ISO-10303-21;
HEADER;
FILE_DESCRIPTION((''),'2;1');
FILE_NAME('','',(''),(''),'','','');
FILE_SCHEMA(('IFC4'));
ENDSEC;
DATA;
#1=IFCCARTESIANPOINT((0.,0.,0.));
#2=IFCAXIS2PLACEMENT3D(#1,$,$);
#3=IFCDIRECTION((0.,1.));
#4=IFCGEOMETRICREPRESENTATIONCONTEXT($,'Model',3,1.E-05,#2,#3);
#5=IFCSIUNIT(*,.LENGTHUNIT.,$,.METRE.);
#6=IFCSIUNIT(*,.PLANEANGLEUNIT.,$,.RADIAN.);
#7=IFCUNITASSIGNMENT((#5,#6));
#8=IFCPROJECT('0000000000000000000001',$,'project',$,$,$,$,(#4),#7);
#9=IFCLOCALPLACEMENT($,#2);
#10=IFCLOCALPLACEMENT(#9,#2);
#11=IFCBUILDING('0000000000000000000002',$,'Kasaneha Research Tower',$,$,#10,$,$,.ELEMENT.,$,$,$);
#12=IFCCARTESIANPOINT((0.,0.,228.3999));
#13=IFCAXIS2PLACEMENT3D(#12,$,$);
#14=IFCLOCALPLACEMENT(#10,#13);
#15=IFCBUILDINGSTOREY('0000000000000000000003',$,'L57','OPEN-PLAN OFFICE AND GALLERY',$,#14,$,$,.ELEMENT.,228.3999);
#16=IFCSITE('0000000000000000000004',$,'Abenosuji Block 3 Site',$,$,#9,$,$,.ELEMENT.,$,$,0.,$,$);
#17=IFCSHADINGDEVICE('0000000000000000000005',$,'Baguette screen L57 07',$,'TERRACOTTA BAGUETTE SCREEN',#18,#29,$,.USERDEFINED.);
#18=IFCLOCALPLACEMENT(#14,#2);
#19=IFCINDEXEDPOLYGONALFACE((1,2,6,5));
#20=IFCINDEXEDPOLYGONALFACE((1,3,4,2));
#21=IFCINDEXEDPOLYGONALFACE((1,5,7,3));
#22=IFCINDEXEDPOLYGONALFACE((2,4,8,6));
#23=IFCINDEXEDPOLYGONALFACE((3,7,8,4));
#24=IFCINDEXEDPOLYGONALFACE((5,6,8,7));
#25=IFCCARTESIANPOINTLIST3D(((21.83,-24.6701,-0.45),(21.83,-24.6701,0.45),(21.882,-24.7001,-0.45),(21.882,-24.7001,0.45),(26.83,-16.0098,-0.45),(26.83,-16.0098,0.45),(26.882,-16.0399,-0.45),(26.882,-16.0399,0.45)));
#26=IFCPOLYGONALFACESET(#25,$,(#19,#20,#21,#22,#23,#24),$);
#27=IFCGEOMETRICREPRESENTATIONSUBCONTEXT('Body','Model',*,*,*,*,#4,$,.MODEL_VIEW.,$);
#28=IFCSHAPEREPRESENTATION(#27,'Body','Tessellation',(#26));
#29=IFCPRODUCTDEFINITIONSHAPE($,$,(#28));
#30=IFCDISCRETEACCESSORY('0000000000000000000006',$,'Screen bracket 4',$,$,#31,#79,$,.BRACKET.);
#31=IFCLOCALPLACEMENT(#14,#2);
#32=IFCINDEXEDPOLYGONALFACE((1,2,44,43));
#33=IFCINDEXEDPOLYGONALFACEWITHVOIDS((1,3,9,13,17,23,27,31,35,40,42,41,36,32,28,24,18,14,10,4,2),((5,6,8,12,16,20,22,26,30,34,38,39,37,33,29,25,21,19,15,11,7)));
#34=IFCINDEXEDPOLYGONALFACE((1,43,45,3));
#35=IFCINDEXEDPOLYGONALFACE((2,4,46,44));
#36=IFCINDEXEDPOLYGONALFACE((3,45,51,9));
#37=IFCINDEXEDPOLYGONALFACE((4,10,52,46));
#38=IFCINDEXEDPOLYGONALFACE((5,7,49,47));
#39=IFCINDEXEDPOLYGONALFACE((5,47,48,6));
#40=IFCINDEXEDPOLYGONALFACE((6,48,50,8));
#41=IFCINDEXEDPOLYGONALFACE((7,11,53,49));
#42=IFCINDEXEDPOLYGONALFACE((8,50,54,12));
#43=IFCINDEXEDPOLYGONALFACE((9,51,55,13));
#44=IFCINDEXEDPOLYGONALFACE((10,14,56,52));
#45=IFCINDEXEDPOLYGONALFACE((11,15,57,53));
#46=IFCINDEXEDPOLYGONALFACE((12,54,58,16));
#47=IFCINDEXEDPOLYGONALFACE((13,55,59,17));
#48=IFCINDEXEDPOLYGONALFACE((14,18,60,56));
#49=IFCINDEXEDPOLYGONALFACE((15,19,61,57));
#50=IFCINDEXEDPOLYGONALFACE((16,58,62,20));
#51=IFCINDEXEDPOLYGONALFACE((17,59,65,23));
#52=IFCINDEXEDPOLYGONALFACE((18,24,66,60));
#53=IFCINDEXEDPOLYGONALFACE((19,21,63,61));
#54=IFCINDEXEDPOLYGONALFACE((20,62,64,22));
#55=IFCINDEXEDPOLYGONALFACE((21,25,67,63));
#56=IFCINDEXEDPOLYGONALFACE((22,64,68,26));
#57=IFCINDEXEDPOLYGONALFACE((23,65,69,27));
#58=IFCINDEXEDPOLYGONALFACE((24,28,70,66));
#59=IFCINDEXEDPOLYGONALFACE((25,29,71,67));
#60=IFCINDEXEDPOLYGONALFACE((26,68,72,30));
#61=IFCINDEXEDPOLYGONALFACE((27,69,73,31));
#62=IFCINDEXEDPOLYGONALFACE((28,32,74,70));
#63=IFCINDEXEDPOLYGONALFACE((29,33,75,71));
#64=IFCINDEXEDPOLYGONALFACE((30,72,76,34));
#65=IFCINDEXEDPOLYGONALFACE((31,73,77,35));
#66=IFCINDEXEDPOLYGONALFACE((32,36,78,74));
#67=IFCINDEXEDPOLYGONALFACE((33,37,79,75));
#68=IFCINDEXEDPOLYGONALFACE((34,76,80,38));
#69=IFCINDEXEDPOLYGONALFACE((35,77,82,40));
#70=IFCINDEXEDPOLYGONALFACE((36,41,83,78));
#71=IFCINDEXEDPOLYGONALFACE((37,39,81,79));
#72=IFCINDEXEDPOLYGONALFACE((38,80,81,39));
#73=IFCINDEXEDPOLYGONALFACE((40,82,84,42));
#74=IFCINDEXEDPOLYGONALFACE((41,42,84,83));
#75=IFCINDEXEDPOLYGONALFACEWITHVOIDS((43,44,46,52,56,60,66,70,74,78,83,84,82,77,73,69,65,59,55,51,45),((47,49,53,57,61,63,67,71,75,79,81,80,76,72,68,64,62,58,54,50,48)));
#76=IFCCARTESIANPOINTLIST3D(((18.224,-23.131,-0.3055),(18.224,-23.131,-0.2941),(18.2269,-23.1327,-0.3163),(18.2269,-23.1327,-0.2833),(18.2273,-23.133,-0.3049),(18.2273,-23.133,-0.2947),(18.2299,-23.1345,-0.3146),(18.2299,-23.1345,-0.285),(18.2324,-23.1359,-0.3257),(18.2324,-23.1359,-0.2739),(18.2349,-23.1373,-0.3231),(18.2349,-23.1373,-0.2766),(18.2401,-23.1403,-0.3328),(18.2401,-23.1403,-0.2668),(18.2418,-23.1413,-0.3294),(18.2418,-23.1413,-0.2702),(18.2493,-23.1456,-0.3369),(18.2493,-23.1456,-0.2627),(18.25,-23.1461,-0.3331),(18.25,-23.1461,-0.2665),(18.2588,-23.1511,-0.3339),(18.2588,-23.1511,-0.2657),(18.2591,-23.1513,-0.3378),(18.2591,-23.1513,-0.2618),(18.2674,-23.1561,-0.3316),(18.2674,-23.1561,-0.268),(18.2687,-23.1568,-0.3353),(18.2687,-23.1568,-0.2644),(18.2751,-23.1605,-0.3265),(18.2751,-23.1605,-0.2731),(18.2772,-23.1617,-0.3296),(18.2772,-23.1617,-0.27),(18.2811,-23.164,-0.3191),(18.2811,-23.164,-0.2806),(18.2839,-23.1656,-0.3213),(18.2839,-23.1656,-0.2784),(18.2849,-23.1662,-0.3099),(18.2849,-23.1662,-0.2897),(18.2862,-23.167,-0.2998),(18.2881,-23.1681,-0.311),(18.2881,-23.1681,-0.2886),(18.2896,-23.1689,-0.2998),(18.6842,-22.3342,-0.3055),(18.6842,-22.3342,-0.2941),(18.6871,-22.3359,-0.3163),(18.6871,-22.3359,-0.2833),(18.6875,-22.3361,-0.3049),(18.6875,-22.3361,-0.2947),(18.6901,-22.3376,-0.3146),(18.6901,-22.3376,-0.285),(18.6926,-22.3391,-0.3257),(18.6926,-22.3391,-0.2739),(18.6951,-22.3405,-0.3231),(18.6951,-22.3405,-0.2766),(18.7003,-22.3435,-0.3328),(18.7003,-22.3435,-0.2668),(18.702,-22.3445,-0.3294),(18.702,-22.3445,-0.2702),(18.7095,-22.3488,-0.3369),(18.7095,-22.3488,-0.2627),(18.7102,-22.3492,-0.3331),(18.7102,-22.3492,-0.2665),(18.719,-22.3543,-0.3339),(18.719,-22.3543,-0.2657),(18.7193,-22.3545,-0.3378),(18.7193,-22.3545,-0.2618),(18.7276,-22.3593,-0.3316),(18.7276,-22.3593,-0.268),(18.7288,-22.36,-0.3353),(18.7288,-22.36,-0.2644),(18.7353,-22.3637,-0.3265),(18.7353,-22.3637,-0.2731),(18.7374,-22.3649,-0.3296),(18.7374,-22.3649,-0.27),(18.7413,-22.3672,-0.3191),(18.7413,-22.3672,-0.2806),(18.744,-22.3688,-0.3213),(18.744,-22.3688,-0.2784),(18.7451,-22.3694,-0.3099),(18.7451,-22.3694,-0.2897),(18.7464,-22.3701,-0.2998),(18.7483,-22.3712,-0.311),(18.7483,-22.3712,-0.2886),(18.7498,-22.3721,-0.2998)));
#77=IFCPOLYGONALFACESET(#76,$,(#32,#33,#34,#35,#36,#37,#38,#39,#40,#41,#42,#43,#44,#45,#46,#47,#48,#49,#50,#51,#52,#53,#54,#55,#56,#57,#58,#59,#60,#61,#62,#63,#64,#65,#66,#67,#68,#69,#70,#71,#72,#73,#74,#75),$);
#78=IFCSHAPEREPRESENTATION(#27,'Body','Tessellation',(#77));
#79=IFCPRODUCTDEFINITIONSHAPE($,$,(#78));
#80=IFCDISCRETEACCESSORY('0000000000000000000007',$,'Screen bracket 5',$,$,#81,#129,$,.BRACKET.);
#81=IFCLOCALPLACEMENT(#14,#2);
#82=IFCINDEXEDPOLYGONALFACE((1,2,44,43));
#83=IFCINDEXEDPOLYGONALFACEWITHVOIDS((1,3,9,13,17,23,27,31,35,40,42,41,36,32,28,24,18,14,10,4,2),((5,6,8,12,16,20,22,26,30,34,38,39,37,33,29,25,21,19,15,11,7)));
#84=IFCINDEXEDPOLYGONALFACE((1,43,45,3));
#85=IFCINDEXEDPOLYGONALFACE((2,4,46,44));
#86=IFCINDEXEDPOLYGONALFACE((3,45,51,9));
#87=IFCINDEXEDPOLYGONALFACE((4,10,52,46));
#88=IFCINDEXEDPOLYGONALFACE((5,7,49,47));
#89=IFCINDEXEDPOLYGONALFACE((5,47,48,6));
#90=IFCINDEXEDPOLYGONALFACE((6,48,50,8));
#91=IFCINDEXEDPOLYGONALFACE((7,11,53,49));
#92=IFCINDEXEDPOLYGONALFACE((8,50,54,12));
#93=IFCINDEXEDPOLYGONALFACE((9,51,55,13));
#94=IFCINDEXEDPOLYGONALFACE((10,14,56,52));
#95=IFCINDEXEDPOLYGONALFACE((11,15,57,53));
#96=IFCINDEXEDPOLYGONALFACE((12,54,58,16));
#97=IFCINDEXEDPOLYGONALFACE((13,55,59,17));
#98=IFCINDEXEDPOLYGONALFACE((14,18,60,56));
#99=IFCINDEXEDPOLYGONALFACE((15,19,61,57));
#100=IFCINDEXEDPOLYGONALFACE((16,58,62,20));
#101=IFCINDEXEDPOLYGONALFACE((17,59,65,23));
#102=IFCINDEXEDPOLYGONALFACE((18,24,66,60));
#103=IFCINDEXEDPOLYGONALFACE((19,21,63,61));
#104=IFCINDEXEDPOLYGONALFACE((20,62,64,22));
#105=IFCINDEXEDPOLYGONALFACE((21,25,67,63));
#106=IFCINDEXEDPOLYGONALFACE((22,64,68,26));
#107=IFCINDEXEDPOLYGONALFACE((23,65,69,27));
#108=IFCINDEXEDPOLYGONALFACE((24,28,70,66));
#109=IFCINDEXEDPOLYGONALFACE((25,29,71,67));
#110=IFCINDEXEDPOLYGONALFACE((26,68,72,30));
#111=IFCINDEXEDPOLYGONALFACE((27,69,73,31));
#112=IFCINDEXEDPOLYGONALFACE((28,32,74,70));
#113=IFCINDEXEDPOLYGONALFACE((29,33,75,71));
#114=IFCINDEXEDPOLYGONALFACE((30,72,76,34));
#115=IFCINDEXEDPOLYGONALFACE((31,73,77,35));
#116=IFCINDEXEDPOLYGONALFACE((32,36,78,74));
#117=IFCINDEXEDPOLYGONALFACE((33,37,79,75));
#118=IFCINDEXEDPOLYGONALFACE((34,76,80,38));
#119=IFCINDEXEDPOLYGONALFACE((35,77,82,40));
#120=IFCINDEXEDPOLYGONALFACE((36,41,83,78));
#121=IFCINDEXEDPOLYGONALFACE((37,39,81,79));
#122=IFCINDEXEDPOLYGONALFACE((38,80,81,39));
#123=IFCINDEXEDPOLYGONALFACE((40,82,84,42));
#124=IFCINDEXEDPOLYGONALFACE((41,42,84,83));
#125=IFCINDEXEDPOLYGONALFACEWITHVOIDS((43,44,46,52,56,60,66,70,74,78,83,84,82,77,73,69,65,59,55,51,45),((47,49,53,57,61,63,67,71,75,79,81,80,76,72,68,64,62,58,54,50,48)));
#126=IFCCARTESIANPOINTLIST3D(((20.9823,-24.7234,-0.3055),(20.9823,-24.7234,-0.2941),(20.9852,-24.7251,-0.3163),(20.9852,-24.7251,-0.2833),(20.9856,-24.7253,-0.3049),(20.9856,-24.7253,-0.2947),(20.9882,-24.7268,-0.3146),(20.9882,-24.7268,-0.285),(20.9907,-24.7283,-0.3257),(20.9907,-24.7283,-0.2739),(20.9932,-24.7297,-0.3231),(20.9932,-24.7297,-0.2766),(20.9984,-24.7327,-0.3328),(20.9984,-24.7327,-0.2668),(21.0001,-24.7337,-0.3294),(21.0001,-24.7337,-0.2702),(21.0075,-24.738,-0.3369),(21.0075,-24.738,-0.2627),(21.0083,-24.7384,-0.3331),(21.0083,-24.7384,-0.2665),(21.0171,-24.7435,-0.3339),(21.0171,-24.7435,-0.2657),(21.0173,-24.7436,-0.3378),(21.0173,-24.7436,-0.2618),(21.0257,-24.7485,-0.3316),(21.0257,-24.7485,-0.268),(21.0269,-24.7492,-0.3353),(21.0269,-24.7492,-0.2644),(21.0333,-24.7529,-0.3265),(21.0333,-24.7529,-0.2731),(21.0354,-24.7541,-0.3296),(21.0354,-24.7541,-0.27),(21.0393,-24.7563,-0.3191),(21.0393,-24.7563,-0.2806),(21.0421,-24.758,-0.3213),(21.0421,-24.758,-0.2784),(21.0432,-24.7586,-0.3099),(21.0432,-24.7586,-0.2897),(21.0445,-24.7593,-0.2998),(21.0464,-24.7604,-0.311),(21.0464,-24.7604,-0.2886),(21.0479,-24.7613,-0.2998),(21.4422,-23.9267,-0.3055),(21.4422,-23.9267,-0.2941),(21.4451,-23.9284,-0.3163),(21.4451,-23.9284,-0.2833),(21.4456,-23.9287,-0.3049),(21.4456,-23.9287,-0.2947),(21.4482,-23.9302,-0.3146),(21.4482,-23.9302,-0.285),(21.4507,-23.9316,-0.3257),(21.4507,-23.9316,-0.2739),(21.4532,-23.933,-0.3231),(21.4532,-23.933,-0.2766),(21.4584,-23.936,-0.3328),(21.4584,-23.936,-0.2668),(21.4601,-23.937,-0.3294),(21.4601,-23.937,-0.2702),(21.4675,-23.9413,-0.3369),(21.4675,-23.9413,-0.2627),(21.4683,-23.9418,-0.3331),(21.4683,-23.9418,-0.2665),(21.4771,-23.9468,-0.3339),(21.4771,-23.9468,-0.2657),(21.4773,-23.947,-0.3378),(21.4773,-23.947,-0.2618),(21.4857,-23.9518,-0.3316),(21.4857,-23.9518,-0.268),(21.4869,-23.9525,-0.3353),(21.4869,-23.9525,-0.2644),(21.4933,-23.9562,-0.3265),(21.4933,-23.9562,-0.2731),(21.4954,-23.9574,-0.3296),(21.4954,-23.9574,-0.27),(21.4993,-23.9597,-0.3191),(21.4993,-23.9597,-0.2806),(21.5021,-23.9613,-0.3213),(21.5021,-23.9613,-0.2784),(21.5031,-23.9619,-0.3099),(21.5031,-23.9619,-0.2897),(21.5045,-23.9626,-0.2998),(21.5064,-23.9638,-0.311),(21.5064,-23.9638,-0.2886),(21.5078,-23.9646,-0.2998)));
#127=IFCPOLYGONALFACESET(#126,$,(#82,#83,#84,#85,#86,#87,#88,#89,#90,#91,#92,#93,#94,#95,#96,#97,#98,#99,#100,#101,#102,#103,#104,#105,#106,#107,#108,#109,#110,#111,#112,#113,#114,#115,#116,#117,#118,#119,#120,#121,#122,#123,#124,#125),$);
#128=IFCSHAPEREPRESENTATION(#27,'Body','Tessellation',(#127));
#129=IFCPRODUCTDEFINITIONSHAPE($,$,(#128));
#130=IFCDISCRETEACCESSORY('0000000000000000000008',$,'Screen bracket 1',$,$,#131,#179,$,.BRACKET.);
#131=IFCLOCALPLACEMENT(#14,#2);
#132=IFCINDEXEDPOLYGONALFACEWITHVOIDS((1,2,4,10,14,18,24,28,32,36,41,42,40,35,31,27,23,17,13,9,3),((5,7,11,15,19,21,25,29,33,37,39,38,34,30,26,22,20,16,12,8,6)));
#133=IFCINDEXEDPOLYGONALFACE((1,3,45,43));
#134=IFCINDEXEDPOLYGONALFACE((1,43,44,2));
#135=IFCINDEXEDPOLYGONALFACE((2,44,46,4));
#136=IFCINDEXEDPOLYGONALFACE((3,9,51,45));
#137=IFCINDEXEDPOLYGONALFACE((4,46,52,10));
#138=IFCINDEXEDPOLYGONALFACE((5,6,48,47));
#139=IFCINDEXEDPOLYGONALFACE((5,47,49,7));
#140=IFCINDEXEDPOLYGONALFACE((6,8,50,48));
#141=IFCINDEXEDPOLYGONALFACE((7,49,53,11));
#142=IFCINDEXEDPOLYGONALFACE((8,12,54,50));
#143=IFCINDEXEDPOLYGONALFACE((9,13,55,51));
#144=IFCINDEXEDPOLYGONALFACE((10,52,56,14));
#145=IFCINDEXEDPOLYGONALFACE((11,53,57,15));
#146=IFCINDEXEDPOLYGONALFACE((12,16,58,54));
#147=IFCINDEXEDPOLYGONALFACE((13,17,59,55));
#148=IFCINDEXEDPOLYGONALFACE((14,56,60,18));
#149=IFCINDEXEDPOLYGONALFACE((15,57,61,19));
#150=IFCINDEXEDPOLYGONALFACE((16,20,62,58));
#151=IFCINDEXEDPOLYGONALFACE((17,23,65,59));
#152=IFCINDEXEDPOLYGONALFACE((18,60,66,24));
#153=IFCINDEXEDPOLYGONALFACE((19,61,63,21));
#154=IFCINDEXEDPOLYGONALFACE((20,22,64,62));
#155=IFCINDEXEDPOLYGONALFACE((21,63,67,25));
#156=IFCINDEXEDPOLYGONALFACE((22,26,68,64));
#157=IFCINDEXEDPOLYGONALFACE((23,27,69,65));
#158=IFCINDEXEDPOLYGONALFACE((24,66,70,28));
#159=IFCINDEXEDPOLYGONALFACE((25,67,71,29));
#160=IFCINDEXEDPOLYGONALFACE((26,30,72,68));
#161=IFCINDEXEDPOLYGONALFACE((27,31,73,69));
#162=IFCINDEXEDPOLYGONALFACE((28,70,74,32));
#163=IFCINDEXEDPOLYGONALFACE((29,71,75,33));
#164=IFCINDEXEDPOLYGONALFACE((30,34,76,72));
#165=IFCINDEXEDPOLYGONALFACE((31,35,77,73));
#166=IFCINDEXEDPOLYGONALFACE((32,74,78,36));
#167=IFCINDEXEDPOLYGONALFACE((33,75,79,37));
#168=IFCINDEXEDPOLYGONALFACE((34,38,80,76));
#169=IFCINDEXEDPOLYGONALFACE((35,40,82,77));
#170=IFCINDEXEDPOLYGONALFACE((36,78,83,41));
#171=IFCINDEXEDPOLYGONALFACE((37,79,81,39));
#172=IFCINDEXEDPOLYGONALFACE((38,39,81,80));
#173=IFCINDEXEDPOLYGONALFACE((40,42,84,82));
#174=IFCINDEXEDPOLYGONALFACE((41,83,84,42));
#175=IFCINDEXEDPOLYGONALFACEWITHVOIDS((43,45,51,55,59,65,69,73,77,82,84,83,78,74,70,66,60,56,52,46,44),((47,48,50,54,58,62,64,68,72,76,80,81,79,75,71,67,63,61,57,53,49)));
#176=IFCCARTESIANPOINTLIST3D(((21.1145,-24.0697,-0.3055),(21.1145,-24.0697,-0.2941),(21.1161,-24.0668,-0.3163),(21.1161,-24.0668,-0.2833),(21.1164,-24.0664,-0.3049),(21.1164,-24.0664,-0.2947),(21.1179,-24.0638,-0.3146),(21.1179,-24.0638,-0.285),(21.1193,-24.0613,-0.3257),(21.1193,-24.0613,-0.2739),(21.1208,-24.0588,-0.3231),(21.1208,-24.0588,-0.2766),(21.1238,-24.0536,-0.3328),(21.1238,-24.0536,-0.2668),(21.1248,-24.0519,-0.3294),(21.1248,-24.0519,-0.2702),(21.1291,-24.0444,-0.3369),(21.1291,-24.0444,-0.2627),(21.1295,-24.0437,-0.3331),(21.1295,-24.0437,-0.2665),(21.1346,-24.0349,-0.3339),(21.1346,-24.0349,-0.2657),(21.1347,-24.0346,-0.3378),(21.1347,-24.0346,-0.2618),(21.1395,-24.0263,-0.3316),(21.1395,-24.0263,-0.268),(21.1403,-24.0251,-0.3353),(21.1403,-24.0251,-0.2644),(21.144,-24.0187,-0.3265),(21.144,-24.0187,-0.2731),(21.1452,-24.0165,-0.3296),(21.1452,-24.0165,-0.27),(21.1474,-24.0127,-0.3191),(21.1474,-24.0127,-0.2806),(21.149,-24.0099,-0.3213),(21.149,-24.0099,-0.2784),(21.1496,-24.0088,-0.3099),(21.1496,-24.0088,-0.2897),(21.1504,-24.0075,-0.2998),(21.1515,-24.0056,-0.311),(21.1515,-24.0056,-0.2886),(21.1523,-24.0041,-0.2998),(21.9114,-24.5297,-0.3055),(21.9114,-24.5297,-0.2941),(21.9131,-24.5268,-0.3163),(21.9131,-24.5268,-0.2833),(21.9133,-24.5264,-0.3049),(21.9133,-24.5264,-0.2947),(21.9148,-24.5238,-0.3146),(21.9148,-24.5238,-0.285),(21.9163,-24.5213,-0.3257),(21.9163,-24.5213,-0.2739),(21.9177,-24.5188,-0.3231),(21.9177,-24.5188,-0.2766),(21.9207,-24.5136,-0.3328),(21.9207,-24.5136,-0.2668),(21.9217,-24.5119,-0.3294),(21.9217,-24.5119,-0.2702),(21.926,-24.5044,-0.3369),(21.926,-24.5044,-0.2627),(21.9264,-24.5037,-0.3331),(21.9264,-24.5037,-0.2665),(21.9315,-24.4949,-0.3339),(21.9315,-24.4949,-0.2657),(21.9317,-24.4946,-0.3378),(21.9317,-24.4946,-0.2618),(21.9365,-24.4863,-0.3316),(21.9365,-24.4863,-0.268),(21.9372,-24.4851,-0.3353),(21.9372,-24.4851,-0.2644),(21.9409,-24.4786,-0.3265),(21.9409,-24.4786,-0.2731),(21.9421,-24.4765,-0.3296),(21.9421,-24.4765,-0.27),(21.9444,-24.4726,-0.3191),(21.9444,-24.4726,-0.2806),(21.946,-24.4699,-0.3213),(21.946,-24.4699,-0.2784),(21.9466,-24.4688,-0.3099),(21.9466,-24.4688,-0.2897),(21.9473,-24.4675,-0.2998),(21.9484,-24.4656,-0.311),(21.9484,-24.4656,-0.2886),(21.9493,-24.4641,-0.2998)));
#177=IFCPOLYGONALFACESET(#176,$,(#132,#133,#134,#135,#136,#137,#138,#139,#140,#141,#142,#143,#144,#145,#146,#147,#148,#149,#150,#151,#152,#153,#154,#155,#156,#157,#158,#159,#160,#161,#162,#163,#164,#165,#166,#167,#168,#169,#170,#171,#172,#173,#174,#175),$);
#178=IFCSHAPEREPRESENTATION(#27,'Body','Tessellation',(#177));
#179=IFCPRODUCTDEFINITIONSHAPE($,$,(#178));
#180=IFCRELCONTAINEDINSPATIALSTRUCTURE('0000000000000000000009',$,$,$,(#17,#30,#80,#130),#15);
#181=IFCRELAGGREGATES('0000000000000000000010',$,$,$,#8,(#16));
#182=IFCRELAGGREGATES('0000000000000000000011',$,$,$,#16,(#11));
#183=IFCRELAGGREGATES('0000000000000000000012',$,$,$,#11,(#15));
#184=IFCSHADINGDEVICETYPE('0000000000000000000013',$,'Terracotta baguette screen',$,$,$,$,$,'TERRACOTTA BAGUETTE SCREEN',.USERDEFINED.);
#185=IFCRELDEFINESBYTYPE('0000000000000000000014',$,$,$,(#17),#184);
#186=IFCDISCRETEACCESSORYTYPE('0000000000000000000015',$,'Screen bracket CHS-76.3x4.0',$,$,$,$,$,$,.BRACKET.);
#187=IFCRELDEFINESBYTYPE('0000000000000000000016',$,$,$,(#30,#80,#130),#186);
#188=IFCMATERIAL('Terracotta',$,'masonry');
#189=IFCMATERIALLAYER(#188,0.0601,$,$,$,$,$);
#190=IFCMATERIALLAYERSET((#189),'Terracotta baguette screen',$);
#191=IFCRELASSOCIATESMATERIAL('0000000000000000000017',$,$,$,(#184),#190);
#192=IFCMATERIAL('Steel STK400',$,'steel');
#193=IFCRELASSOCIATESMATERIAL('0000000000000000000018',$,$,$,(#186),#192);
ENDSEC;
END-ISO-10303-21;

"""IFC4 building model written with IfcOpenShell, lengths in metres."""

from ifc_helpers import new_model, si_unit, direction, frame, origin, origin_2d, place, context, subcontext, project, spatial, rectangle, hollow_circle, extrude, material, layer, layer_set, material_profile, profile_set, type_object, element, save


model = new_model("IFC4")

# Units and contexts
model_context = context("Model", 3, precision=1e-05, world=origin(), true_north=direction((0.0, 1.0)))
body_context = subcontext(model_context, "Body", "Model", "MODEL_VIEW")
ifc_project = project(units=[si_unit("LENGTHUNIT", "METRE"), si_unit("PLANEANGLEUNIT", "RADIAN")], contexts=[model_context])

# Site, building, storey
site_placement = place(None, origin())
site = spatial("IfcSite", under=ifc_project, at=site_placement, Name="Abenosuji Block 3 Site", CompositionType="ELEMENT", RefElevation=0.0)
building_placement = place(site_placement, origin())
building = spatial("IfcBuilding", under=site, at=building_placement, Name="Kasaneha Research Tower", CompositionType="ELEMENT")
storey_placement = place(building_placement, frame((0.0, 0.0, 228.3999)))
storey = spatial("IfcBuildingStorey", under=building, at=storey_placement, Name="L57", Description="OPEN-PLAN OFFICE AND GALLERY", CompositionType="ELEMENT", Elevation=228.3999)

# Shading device
ifc_material_1 = material(Name="Terracotta", Category="masonry")
ifc_layer_1 = layer(ifc_material_1, 0.0601)
ifc_layer_set_1 = layer_set([ifc_layer_1], Name="Terracotta baguette screen")
shading_device_type = type_object("IfcShadingDeviceType", Name="Terracotta baguette screen", ElementType="TERRACOTTA BAGUETTE SCREEN", PredefinedType="USERDEFINED", material=ifc_layer_set_1)
shading_device_placement = place(storey_placement, frame((24.356, -20.355, -0.45), z_axis=(0.0, 0.0, 1.0), x_axis=(0.5, 0.866025, 0.0)))
element("IfcShadingDevice", 1, at=shading_device_placement, inside=storey, type_object=shading_device_type, Name="Baguette screen L57 07", ObjectType="TERRACOTTA BAGUETTE SCREEN", PredefinedType="USERDEFINED", context=body_context, shape_type="SweptSolid", body=[
    extrude(rectangle(XDim=10.0, YDim=0.0601, at=origin_2d()), origin(), (0.0, 0.0, 1.0), 0.8999),
])

# Discrete accessories
ifc_material_2 = material(Name="Steel STK400", Category="steel")
ifc_material_profile_1 = material_profile(ifc_material_2, hollow_circle(Radius=0.0381, WallThickness=0.0039, at=origin_2d()), Name="CHS-76.3x4.0")
ifc_profile_set_1 = profile_set([ifc_material_profile_1], Name="Steel STK400")
discrete_accessory_type = type_object("IfcDiscreteAccessoryType", Name="Screen bracket CHS-76.3x4.0", PredefinedType="BRACKET", material=ifc_profile_set_1)
discrete_accessory_1_placement = place(storey_placement, frame((18.7168, -22.353, -0.2998), z_axis=(-0.500105, -0.865965, 0.0), x_axis=(0.865965, -0.500105, 0.0)))
element("IfcDiscreteAccessory", 2, at=discrete_accessory_1_placement, inside=storey, type_object=discrete_accessory_type, Name="Screen bracket 4", PredefinedType="BRACKET", context=body_context, shape_type="SweptSolid", body=[
    extrude(hollow_circle(Radius=0.0381, WallThickness=0.0039, at=origin_2d()), origin(), (0.0, 0.0, 1.0), 0.9202),
])
discrete_accessory_2_placement = place(storey_placement, frame((21.4749, -23.9456, -0.2998), z_axis=(-0.500021, -0.866013, 0.0), x_axis=(0.866013, -0.500021, 0.0)))
element("IfcDiscreteAccessory", 3, at=discrete_accessory_2_placement, inside=storey, type_object=discrete_accessory_type, Name="Screen bracket 5", PredefinedType="BRACKET", context=body_context, shape_type="SweptSolid", body=[
    extrude(hollow_circle(Radius=0.0381, WallThickness=0.0039, at=origin_2d()), origin(), (0.0, 0.0, 1.0), 0.9199),
])
discrete_accessory_3_placement = place(storey_placement, frame((21.1333, -24.0371, -0.2998), z_axis=(0.86608, -0.499906, 0.0), x_axis=(0.499906, 0.86608, 0.0)))
element("IfcDiscreteAccessory", 4, at=discrete_accessory_3_placement, inside=storey, type_object=discrete_accessory_type, Name="Screen bracket 1", PredefinedType="BRACKET", context=body_context, shape_type="SweptSolid", body=[
    extrude(hollow_circle(Radius=0.0381, WallThickness=0.0039, at=origin_2d()), origin(), (0.0, 0.0, 1.0), 0.9202),
])

save(model, "model.ifc")
